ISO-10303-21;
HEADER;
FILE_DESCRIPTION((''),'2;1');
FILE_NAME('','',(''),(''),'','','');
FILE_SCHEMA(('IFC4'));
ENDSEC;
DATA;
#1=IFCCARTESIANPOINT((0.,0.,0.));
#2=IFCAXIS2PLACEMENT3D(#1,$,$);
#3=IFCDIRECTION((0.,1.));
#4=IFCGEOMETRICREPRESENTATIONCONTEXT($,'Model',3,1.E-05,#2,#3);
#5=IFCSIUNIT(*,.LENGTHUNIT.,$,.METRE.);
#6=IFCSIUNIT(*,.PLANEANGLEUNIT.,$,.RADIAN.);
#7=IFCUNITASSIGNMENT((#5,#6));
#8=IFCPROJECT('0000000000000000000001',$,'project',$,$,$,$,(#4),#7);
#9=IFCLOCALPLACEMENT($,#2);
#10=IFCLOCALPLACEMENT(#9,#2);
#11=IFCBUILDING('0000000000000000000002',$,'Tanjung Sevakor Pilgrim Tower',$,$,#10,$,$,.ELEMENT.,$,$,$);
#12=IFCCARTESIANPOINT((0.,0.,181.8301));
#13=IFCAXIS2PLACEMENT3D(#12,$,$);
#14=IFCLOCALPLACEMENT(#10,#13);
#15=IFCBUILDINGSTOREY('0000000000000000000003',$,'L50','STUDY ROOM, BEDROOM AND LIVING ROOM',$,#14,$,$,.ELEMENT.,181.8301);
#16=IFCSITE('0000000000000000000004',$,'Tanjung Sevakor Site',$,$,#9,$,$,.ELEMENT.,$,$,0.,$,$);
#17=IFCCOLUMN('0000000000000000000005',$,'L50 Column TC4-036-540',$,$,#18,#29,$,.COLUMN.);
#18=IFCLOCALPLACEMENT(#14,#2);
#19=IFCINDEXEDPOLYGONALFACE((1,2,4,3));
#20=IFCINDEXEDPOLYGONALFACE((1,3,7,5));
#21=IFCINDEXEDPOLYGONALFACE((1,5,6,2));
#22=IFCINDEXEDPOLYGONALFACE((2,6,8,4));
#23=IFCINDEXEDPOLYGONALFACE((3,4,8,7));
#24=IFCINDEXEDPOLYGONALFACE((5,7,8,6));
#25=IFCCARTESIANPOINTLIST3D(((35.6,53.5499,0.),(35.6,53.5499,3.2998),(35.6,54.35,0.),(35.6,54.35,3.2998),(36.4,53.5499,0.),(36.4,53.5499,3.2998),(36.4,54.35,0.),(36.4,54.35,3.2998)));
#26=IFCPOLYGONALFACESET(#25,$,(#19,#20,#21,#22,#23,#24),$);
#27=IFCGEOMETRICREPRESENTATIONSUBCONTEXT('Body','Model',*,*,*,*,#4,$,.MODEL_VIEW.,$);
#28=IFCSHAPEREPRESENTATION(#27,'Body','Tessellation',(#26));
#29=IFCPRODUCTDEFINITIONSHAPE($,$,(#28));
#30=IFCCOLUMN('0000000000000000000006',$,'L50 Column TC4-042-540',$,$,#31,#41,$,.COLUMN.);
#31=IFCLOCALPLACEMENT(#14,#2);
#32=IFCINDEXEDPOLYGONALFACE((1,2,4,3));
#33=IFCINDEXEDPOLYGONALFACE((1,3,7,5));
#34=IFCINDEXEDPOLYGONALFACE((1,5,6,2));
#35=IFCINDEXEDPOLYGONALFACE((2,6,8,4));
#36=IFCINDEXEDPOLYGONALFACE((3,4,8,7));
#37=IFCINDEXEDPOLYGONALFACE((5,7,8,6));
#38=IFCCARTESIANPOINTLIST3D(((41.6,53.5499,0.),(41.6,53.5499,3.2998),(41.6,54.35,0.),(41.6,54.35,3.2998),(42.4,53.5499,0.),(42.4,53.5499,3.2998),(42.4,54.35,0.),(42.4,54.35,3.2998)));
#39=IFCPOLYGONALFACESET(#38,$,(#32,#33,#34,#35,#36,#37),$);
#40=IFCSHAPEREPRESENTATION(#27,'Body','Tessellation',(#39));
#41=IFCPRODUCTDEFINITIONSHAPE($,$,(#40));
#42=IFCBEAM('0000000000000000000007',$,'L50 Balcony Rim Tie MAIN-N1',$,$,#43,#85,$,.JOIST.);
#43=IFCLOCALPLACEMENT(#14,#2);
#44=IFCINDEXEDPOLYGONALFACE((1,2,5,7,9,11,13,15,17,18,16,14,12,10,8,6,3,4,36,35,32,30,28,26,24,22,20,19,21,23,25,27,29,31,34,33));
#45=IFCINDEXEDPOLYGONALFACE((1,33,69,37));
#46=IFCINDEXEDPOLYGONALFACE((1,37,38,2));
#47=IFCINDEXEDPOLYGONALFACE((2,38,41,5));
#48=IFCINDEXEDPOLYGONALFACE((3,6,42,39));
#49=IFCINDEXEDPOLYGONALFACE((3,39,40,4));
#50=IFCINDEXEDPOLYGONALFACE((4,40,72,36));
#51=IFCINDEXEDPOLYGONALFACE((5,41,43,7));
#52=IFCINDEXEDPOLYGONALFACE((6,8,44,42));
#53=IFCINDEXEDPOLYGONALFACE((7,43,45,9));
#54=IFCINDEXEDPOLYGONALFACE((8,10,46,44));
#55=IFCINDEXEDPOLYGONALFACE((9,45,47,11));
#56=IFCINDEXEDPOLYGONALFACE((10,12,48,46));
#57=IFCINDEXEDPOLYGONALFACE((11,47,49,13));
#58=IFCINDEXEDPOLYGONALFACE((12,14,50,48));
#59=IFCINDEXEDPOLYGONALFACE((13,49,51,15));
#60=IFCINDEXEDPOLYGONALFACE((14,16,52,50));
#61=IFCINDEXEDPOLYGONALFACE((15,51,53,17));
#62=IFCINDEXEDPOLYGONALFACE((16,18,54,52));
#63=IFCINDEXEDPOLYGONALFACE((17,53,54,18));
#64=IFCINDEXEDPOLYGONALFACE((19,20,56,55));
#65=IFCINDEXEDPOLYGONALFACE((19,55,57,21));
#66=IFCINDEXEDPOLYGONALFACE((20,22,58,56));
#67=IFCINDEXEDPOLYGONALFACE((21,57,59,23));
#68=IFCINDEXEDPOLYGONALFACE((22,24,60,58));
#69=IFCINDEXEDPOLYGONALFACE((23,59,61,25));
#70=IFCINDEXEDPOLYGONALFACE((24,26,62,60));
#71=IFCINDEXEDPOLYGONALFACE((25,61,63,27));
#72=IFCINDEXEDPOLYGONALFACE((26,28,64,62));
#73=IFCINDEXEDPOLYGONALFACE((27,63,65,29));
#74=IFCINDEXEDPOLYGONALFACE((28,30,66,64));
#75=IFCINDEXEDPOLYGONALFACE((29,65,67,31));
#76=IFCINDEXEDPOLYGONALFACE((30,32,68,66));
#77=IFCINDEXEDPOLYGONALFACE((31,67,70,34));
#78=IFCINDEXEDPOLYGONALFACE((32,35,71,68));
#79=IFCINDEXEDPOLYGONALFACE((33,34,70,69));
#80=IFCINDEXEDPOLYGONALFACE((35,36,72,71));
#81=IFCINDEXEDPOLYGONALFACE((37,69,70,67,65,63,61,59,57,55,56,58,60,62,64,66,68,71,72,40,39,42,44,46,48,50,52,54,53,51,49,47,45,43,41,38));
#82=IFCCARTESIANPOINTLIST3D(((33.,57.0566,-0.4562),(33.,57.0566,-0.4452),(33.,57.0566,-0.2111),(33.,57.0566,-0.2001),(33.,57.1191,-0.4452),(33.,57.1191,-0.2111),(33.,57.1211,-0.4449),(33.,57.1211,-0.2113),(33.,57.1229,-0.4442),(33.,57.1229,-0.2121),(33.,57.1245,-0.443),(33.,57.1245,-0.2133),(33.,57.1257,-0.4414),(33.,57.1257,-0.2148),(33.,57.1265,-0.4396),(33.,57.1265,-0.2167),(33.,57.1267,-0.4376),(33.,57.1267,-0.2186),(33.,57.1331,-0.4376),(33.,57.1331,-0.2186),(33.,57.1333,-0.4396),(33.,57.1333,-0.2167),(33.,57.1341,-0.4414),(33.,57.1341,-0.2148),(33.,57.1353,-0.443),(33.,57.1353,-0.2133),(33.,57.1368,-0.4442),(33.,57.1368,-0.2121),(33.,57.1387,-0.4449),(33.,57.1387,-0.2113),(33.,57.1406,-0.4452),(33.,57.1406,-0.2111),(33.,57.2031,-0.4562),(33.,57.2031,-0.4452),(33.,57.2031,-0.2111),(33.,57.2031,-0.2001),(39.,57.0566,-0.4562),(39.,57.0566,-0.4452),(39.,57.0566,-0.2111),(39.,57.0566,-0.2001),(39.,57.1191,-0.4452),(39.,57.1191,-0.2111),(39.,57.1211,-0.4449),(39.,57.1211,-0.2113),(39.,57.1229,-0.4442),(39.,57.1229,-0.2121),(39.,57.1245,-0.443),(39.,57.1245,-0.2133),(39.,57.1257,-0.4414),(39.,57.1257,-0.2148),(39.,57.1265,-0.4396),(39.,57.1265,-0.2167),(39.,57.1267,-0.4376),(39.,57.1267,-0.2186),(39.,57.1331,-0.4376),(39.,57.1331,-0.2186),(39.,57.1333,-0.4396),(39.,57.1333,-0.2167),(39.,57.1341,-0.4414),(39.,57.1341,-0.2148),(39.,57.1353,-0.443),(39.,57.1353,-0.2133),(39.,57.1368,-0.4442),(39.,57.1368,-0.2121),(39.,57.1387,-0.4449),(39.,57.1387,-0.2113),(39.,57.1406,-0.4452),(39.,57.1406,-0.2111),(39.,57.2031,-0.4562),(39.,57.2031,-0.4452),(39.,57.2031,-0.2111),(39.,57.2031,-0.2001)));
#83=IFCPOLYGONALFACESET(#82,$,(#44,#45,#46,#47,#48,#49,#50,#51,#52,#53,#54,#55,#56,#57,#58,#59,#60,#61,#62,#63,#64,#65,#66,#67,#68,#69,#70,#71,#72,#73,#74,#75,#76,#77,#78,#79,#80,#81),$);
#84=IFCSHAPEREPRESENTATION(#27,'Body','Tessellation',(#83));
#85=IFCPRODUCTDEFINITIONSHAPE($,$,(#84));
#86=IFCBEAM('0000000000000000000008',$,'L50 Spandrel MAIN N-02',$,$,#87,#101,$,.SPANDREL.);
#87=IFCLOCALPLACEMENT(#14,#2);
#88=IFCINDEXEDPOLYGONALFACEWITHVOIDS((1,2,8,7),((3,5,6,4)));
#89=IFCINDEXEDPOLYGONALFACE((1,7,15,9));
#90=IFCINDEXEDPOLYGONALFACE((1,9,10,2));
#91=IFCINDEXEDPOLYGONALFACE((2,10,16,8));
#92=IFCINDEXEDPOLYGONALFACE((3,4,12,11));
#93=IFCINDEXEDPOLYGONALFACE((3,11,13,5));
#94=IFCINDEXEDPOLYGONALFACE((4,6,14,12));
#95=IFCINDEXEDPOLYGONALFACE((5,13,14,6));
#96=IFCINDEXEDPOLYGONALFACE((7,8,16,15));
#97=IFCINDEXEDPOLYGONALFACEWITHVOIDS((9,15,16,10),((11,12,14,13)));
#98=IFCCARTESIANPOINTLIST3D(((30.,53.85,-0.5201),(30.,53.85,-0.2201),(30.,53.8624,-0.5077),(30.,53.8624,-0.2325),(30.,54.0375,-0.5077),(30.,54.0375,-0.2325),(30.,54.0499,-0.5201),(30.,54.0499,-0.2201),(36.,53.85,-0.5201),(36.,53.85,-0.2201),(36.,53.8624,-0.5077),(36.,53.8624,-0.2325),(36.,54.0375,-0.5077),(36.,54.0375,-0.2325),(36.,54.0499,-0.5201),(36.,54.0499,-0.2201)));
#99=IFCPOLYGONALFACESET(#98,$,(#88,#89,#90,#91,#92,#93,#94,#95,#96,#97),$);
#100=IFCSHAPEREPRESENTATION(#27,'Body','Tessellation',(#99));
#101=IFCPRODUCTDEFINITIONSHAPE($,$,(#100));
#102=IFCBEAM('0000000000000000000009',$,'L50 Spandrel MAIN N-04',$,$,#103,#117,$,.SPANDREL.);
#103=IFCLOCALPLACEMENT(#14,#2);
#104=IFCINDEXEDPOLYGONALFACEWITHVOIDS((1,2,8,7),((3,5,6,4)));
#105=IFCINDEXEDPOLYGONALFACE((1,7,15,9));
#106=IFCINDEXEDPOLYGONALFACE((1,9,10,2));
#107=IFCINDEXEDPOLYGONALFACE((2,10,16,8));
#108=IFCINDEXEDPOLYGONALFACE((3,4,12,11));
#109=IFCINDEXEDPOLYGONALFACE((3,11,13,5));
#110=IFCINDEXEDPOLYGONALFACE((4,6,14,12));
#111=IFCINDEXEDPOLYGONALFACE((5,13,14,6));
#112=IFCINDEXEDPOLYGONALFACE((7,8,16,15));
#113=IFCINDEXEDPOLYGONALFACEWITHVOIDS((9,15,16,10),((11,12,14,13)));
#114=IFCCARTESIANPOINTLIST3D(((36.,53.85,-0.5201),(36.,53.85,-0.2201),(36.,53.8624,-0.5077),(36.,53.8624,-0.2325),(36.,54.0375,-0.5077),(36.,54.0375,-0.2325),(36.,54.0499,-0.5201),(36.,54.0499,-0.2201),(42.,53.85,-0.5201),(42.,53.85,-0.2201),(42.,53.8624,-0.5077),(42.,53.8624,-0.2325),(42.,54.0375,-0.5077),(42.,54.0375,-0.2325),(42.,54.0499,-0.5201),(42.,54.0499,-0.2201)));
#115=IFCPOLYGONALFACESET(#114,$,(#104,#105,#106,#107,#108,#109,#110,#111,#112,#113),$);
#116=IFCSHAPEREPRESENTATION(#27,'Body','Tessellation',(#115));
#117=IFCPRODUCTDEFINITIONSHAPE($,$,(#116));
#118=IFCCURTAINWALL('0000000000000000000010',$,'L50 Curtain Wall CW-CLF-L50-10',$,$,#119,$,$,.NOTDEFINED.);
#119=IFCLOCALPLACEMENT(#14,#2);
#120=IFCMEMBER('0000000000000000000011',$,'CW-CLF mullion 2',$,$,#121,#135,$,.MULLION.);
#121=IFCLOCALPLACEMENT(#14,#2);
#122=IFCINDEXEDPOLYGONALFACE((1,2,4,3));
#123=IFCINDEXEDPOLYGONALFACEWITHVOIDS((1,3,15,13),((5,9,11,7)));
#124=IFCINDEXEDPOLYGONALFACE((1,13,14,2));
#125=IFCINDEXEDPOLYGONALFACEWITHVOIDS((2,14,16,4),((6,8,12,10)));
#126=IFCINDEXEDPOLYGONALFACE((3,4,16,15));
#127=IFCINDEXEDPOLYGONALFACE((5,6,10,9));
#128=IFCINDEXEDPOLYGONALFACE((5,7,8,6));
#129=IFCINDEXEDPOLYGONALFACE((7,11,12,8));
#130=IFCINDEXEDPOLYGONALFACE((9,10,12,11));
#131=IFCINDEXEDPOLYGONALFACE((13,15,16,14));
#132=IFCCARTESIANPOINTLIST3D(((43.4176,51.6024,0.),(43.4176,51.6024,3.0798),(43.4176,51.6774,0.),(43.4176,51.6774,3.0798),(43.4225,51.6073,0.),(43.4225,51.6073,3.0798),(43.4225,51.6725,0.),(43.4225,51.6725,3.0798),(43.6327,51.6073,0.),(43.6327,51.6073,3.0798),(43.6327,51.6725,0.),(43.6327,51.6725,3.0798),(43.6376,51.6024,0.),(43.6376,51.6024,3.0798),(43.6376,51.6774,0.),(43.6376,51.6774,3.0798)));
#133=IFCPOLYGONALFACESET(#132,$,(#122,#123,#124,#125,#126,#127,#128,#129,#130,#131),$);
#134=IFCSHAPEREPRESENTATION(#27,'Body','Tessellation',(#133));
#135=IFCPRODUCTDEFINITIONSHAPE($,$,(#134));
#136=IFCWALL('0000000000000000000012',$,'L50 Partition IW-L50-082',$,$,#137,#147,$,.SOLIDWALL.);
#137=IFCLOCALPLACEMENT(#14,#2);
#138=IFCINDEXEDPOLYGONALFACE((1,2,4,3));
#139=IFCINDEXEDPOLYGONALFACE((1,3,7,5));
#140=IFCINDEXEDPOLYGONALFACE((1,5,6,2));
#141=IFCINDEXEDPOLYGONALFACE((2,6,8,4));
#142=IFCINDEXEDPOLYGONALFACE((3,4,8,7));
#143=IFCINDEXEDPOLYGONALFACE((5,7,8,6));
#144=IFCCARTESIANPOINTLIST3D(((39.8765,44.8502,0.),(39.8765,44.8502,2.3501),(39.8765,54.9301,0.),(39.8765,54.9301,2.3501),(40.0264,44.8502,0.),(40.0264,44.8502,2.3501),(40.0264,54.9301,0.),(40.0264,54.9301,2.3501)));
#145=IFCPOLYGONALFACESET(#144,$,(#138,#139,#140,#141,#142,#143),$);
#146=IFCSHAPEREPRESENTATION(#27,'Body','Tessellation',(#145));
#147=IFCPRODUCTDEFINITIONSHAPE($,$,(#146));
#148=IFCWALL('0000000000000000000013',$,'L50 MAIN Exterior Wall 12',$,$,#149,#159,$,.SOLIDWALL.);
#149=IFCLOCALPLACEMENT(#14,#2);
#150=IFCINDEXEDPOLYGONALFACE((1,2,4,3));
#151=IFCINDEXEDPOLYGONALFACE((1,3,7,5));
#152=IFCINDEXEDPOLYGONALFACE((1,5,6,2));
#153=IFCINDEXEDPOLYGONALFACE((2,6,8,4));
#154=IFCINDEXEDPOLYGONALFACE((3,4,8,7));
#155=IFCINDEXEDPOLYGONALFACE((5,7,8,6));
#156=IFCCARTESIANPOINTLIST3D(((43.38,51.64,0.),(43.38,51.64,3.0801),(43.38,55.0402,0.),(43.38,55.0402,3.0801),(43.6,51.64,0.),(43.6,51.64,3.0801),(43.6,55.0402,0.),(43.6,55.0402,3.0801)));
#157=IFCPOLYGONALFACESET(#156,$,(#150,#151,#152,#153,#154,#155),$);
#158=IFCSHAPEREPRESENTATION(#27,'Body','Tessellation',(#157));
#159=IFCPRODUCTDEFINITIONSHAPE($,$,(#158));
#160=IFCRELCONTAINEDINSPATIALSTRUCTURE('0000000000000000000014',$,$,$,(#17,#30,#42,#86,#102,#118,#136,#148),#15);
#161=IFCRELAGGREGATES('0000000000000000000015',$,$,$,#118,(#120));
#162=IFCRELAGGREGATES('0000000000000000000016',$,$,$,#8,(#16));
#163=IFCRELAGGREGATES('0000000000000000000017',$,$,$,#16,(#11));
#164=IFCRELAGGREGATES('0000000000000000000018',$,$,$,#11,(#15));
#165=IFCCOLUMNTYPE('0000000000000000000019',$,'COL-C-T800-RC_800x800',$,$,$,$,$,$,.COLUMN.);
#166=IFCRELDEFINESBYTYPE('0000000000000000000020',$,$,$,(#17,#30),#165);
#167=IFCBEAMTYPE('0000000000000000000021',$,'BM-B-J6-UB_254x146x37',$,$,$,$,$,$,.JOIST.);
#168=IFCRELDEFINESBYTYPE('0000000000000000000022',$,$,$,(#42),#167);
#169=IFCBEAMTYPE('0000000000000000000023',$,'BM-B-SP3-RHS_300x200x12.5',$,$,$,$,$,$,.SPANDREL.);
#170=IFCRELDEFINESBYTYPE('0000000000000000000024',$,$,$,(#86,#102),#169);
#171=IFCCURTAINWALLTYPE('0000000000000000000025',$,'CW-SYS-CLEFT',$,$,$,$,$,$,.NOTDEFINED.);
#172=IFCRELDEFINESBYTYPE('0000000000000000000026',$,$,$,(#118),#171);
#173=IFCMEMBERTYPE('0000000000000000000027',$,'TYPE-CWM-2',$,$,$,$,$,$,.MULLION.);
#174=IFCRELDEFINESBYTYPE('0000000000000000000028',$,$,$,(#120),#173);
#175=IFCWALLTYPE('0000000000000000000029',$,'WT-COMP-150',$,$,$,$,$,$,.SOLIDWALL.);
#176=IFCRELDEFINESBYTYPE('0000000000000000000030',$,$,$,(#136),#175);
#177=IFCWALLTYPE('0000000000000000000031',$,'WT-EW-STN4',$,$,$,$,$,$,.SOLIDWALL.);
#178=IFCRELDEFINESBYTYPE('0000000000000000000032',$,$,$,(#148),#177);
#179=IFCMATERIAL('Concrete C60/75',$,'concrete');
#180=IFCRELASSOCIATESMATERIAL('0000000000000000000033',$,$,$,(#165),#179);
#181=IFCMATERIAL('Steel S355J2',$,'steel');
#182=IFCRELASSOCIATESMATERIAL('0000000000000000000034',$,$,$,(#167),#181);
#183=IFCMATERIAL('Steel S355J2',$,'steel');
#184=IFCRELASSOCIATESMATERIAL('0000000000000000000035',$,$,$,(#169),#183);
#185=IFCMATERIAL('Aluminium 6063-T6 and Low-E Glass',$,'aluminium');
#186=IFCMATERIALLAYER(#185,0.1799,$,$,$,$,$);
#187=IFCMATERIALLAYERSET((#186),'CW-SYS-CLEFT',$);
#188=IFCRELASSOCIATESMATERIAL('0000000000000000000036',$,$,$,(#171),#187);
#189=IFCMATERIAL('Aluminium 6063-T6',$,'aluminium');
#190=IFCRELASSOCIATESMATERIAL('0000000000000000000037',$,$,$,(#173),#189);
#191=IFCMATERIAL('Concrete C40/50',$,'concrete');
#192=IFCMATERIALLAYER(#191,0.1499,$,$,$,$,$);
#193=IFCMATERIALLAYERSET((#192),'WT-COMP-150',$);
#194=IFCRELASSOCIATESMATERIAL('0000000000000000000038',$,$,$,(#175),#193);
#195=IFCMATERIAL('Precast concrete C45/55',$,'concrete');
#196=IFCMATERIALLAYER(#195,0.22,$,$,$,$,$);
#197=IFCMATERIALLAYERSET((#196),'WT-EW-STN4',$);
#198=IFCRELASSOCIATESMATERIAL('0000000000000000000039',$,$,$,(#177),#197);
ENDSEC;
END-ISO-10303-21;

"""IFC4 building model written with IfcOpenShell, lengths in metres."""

from ifc_helpers import new_model, si_unit, direction, frame, frame_2d, origin, origin_2d, place, context, subcontext, project, spatial, rectangle, hollow_rectangle, i_section, extrude, material, layer, layer_set, material_profile, profile_set, type_object, element, aggregate, save


model = new_model("IFC4")

# Units and contexts
model_context = context("Model", 3, precision=1e-05, world=origin(), true_north=direction((0.0, 1.0)))
body_context = subcontext(model_context, "Body", "Model", "MODEL_VIEW")
ifc_project = project(units=[si_unit("LENGTHUNIT", "METRE"), si_unit("PLANEANGLEUNIT", "RADIAN")], contexts=[model_context])

# Site, building, storey
site_placement = place(None, origin())
site = spatial("IfcSite", under=ifc_project, at=site_placement, Name="Tanjung Sevakor Site", CompositionType="ELEMENT", RefElevation=0.0)
building_placement = place(site_placement, origin())
building = spatial("IfcBuilding", under=site, at=building_placement, Name="Tanjung Sevakor Pilgrim Tower", CompositionType="ELEMENT")
storey_placement = place(building_placement, frame((0.0, 0.0, 181.8301)))
storey = spatial("IfcBuildingStorey", under=building, at=storey_placement, Name="L50", Description="STUDY ROOM, BEDROOM AND LIVING ROOM", CompositionType="ELEMENT", Elevation=181.8301)

# Columns
ifc_material_1 = material(Name="Concrete C60/75", Category="concrete")
ifc_material_profile_1 = material_profile(ifc_material_1, rectangle(XDim=0.8, YDim=0.8, at=origin_2d()))
ifc_profile_set_1 = profile_set([ifc_material_profile_1], Name="Concrete C60/75")
column_type = type_object("IfcColumnType", Name="COL-C-T800-RC_800x800", PredefinedType="COLUMN", material=ifc_profile_set_1)
for number, where, z_axis, x_axis, name in (
    (1, (36.0, 53.95, 0.0), (0.0, 0.0, 1.0), (1.0, 0.0, 0.0), "L50 Column TC4-036-540"),
    (2, (42.0, 53.95, 0.0), (0.0, 0.0, 1.0), (1.0, 0.0, 0.0), "L50 Column TC4-042-540"),
):
    element("IfcColumn", number, at=place(storey_placement, frame(where, z_axis=z_axis, x_axis=x_axis)), inside=storey, type_object=column_type, Name=name, PredefinedType="COLUMN", context=body_context, shape_type="SweptSolid", body=[
        extrude(rectangle(XDim=0.8, YDim=0.8, at=origin_2d()), origin(), (0.0, 0.0, 1.0), 3.2998),
    ])

# Beams
ifc_material_2 = material(Name="Steel S355J2", Category="steel")
ifc_material_profile_2 = material_profile(ifc_material_2, i_section(OverallWidth=0.1465, OverallDepth=0.2561, WebThickness=0.0063, FlangeThickness=0.011, FilletRadius=0.0076, at=origin_2d()))
ifc_profile_set_2 = profile_set([ifc_material_profile_2], Name="Steel S355J2")
beam_type_1 = type_object("IfcBeamType", Name="BM-B-J6-UB_254x146x37", PredefinedType="JOIST", material=ifc_profile_set_2)
beam_placement = place(storey_placement, frame((33.0, 57.1299, -0.3281), z_axis=(1.0, 0.0, 0.0), x_axis=(0.0, 1.0, 0.0)))
element("IfcBeam", 3, at=beam_placement, inside=storey, type_object=beam_type_1, Name="L50 Balcony Rim Tie MAIN-N1", PredefinedType="JOIST", context=body_context, shape_type="SweptSolid", body=[
    extrude(i_section(OverallWidth=0.1465, OverallDepth=0.2561, WebThickness=0.0063, FlangeThickness=0.011, FilletRadius=0.0076, at=origin_2d()), origin(), (0.0, 0.0, 1.0), 6.0),
])
ifc_material_3 = material(Name="Steel S355J2", Category="steel")
ifc_material_profile_3 = material_profile(ifc_material_3, hollow_rectangle(XDim=0.2, YDim=0.3, WallThickness=0.0125, at=origin_2d()))
ifc_profile_set_3 = profile_set([ifc_material_profile_3], Name="Steel S355J2")
beam_type_2 = type_object("IfcBeamType", Name="BM-B-SP3-RHS_300x200x12.5", PredefinedType="SPANDREL", material=ifc_profile_set_3)
for number, where, z_axis, x_axis, name in (
    (4, (30.0, 53.95, -0.3701), (1.0, 0.0, 0.0), (0.0, 1.0, 0.0), "L50 Spandrel MAIN N-02"),
    (5, (36.0, 53.95, -0.3701), (1.0, 0.0, 0.0), (0.0, 1.0, 0.0), "L50 Spandrel MAIN N-04"),
):
    element("IfcBeam", number, at=place(storey_placement, frame(where, z_axis=z_axis, x_axis=x_axis)), inside=storey, type_object=beam_type_2, Name=name, PredefinedType="SPANDREL", context=body_context, shape_type="SweptSolid", body=[
        extrude(hollow_rectangle(XDim=0.2, YDim=0.3, WallThickness=0.0125, at=origin_2d()), origin(), (0.0, 0.0, 1.0), 6.0),
    ])

# Curtain wall, member
ifc_material_4 = material(Name="Aluminium 6063-T6 and Low-E Glass", Category="aluminium")
ifc_layer_1 = layer(ifc_material_4, 0.1799)
ifc_layer_set_1 = layer_set([ifc_layer_1], Name="CW-SYS-CLEFT")
curtain_wall_type = type_object("IfcCurtainWallType", Name="CW-SYS-CLEFT", PredefinedType="NOTDEFINED", material=ifc_layer_set_1)
curtain_wall_placement = place(storey_placement, origin())
curtain_wall = element("IfcCurtainWall", 6, at=curtain_wall_placement, inside=storey, type_object=curtain_wall_type, Name="L50 Curtain Wall CW-CLF-L50-10", PredefinedType="NOTDEFINED")
ifc_material_5 = material(Name="Aluminium 6063-T6", Category="aluminium")
ifc_material_profile_4 = material_profile(ifc_material_5, hollow_rectangle(XDim=0.075, YDim=0.22, WallThickness=0.0049, at=origin_2d()))
ifc_profile_set_4 = profile_set([ifc_material_profile_4], Name="Aluminium 6063-T6")
member_type = type_object("IfcMemberType", Name="TYPE-CWM-2", PredefinedType="MULLION", material=ifc_profile_set_4)
member_placement = place(storey_placement, frame((43.5276, 51.6399, 0.0), z_axis=(0.0, 0.0, 1.0), x_axis=(0.0, -1.0, 0.0)))
member = element("IfcMember", 7, at=member_placement, type_object=member_type, Name="CW-CLF mullion 2", PredefinedType="MULLION", context=body_context, shape_type="SweptSolid", body=[
    extrude(hollow_rectangle(XDim=0.075, YDim=0.22, WallThickness=0.0049, at=origin_2d()), origin(), (0.0, 0.0, 1.0), 3.0798),
])
aggregate(curtain_wall, [member])

# Wall
ifc_material_6 = material(Name="Concrete C40/50", Category="concrete")
ifc_layer_2 = layer(ifc_material_6, 0.1499)
ifc_layer_set_2 = layer_set([ifc_layer_2], Name="WT-COMP-150")
wall_type_1 = type_object("IfcWallType", Name="WT-COMP-150", PredefinedType="SOLIDWALL", material=ifc_layer_set_2)
wall_1_placement = place(storey_placement, frame((39.9514, 44.8501, 0.0), z_axis=(0.0, 0.0, 1.0), x_axis=(0.0, 1.0, 0.0)))
element("IfcWall", 8, at=wall_1_placement, inside=storey, type_object=wall_type_1, Name="L50 Partition IW-L50-082", PredefinedType="SOLIDWALL", context=body_context, shape_type="SweptSolid", body=[
    extrude(rectangle(XDim=10.0798, YDim=0.1499, at=frame_2d((5.04, 0.0))), origin(), (0.0, 0.0, 1.0), 2.3501),
])

# Wall
ifc_material_7 = material(Name="Precast concrete C45/55", Category="concrete")
ifc_layer_3 = layer(ifc_material_7, 0.22)
ifc_layer_set_3 = layer_set([ifc_layer_3], Name="WT-EW-STN4")
wall_type_2 = type_object("IfcWallType", Name="WT-EW-STN4", PredefinedType="SOLIDWALL", material=ifc_layer_set_3)
wall_2_placement = place(storey_placement, frame((43.49, 51.6399, 0.0), z_axis=(0.0, 0.0, 1.0), x_axis=(0.0, 1.0, 0.0)))
element("IfcWall", 9, at=wall_2_placement, inside=storey, type_object=wall_type_2, Name="L50 MAIN Exterior Wall 12", PredefinedType="SOLIDWALL", context=body_context, shape_type="SweptSolid", body=[
    extrude(rectangle(XDim=3.4001, YDim=0.22, at=frame_2d((1.7002, 0.0))), origin(), (0.0, 0.0, 1.0), 3.0801),
])

save(model, "model.ifc")
